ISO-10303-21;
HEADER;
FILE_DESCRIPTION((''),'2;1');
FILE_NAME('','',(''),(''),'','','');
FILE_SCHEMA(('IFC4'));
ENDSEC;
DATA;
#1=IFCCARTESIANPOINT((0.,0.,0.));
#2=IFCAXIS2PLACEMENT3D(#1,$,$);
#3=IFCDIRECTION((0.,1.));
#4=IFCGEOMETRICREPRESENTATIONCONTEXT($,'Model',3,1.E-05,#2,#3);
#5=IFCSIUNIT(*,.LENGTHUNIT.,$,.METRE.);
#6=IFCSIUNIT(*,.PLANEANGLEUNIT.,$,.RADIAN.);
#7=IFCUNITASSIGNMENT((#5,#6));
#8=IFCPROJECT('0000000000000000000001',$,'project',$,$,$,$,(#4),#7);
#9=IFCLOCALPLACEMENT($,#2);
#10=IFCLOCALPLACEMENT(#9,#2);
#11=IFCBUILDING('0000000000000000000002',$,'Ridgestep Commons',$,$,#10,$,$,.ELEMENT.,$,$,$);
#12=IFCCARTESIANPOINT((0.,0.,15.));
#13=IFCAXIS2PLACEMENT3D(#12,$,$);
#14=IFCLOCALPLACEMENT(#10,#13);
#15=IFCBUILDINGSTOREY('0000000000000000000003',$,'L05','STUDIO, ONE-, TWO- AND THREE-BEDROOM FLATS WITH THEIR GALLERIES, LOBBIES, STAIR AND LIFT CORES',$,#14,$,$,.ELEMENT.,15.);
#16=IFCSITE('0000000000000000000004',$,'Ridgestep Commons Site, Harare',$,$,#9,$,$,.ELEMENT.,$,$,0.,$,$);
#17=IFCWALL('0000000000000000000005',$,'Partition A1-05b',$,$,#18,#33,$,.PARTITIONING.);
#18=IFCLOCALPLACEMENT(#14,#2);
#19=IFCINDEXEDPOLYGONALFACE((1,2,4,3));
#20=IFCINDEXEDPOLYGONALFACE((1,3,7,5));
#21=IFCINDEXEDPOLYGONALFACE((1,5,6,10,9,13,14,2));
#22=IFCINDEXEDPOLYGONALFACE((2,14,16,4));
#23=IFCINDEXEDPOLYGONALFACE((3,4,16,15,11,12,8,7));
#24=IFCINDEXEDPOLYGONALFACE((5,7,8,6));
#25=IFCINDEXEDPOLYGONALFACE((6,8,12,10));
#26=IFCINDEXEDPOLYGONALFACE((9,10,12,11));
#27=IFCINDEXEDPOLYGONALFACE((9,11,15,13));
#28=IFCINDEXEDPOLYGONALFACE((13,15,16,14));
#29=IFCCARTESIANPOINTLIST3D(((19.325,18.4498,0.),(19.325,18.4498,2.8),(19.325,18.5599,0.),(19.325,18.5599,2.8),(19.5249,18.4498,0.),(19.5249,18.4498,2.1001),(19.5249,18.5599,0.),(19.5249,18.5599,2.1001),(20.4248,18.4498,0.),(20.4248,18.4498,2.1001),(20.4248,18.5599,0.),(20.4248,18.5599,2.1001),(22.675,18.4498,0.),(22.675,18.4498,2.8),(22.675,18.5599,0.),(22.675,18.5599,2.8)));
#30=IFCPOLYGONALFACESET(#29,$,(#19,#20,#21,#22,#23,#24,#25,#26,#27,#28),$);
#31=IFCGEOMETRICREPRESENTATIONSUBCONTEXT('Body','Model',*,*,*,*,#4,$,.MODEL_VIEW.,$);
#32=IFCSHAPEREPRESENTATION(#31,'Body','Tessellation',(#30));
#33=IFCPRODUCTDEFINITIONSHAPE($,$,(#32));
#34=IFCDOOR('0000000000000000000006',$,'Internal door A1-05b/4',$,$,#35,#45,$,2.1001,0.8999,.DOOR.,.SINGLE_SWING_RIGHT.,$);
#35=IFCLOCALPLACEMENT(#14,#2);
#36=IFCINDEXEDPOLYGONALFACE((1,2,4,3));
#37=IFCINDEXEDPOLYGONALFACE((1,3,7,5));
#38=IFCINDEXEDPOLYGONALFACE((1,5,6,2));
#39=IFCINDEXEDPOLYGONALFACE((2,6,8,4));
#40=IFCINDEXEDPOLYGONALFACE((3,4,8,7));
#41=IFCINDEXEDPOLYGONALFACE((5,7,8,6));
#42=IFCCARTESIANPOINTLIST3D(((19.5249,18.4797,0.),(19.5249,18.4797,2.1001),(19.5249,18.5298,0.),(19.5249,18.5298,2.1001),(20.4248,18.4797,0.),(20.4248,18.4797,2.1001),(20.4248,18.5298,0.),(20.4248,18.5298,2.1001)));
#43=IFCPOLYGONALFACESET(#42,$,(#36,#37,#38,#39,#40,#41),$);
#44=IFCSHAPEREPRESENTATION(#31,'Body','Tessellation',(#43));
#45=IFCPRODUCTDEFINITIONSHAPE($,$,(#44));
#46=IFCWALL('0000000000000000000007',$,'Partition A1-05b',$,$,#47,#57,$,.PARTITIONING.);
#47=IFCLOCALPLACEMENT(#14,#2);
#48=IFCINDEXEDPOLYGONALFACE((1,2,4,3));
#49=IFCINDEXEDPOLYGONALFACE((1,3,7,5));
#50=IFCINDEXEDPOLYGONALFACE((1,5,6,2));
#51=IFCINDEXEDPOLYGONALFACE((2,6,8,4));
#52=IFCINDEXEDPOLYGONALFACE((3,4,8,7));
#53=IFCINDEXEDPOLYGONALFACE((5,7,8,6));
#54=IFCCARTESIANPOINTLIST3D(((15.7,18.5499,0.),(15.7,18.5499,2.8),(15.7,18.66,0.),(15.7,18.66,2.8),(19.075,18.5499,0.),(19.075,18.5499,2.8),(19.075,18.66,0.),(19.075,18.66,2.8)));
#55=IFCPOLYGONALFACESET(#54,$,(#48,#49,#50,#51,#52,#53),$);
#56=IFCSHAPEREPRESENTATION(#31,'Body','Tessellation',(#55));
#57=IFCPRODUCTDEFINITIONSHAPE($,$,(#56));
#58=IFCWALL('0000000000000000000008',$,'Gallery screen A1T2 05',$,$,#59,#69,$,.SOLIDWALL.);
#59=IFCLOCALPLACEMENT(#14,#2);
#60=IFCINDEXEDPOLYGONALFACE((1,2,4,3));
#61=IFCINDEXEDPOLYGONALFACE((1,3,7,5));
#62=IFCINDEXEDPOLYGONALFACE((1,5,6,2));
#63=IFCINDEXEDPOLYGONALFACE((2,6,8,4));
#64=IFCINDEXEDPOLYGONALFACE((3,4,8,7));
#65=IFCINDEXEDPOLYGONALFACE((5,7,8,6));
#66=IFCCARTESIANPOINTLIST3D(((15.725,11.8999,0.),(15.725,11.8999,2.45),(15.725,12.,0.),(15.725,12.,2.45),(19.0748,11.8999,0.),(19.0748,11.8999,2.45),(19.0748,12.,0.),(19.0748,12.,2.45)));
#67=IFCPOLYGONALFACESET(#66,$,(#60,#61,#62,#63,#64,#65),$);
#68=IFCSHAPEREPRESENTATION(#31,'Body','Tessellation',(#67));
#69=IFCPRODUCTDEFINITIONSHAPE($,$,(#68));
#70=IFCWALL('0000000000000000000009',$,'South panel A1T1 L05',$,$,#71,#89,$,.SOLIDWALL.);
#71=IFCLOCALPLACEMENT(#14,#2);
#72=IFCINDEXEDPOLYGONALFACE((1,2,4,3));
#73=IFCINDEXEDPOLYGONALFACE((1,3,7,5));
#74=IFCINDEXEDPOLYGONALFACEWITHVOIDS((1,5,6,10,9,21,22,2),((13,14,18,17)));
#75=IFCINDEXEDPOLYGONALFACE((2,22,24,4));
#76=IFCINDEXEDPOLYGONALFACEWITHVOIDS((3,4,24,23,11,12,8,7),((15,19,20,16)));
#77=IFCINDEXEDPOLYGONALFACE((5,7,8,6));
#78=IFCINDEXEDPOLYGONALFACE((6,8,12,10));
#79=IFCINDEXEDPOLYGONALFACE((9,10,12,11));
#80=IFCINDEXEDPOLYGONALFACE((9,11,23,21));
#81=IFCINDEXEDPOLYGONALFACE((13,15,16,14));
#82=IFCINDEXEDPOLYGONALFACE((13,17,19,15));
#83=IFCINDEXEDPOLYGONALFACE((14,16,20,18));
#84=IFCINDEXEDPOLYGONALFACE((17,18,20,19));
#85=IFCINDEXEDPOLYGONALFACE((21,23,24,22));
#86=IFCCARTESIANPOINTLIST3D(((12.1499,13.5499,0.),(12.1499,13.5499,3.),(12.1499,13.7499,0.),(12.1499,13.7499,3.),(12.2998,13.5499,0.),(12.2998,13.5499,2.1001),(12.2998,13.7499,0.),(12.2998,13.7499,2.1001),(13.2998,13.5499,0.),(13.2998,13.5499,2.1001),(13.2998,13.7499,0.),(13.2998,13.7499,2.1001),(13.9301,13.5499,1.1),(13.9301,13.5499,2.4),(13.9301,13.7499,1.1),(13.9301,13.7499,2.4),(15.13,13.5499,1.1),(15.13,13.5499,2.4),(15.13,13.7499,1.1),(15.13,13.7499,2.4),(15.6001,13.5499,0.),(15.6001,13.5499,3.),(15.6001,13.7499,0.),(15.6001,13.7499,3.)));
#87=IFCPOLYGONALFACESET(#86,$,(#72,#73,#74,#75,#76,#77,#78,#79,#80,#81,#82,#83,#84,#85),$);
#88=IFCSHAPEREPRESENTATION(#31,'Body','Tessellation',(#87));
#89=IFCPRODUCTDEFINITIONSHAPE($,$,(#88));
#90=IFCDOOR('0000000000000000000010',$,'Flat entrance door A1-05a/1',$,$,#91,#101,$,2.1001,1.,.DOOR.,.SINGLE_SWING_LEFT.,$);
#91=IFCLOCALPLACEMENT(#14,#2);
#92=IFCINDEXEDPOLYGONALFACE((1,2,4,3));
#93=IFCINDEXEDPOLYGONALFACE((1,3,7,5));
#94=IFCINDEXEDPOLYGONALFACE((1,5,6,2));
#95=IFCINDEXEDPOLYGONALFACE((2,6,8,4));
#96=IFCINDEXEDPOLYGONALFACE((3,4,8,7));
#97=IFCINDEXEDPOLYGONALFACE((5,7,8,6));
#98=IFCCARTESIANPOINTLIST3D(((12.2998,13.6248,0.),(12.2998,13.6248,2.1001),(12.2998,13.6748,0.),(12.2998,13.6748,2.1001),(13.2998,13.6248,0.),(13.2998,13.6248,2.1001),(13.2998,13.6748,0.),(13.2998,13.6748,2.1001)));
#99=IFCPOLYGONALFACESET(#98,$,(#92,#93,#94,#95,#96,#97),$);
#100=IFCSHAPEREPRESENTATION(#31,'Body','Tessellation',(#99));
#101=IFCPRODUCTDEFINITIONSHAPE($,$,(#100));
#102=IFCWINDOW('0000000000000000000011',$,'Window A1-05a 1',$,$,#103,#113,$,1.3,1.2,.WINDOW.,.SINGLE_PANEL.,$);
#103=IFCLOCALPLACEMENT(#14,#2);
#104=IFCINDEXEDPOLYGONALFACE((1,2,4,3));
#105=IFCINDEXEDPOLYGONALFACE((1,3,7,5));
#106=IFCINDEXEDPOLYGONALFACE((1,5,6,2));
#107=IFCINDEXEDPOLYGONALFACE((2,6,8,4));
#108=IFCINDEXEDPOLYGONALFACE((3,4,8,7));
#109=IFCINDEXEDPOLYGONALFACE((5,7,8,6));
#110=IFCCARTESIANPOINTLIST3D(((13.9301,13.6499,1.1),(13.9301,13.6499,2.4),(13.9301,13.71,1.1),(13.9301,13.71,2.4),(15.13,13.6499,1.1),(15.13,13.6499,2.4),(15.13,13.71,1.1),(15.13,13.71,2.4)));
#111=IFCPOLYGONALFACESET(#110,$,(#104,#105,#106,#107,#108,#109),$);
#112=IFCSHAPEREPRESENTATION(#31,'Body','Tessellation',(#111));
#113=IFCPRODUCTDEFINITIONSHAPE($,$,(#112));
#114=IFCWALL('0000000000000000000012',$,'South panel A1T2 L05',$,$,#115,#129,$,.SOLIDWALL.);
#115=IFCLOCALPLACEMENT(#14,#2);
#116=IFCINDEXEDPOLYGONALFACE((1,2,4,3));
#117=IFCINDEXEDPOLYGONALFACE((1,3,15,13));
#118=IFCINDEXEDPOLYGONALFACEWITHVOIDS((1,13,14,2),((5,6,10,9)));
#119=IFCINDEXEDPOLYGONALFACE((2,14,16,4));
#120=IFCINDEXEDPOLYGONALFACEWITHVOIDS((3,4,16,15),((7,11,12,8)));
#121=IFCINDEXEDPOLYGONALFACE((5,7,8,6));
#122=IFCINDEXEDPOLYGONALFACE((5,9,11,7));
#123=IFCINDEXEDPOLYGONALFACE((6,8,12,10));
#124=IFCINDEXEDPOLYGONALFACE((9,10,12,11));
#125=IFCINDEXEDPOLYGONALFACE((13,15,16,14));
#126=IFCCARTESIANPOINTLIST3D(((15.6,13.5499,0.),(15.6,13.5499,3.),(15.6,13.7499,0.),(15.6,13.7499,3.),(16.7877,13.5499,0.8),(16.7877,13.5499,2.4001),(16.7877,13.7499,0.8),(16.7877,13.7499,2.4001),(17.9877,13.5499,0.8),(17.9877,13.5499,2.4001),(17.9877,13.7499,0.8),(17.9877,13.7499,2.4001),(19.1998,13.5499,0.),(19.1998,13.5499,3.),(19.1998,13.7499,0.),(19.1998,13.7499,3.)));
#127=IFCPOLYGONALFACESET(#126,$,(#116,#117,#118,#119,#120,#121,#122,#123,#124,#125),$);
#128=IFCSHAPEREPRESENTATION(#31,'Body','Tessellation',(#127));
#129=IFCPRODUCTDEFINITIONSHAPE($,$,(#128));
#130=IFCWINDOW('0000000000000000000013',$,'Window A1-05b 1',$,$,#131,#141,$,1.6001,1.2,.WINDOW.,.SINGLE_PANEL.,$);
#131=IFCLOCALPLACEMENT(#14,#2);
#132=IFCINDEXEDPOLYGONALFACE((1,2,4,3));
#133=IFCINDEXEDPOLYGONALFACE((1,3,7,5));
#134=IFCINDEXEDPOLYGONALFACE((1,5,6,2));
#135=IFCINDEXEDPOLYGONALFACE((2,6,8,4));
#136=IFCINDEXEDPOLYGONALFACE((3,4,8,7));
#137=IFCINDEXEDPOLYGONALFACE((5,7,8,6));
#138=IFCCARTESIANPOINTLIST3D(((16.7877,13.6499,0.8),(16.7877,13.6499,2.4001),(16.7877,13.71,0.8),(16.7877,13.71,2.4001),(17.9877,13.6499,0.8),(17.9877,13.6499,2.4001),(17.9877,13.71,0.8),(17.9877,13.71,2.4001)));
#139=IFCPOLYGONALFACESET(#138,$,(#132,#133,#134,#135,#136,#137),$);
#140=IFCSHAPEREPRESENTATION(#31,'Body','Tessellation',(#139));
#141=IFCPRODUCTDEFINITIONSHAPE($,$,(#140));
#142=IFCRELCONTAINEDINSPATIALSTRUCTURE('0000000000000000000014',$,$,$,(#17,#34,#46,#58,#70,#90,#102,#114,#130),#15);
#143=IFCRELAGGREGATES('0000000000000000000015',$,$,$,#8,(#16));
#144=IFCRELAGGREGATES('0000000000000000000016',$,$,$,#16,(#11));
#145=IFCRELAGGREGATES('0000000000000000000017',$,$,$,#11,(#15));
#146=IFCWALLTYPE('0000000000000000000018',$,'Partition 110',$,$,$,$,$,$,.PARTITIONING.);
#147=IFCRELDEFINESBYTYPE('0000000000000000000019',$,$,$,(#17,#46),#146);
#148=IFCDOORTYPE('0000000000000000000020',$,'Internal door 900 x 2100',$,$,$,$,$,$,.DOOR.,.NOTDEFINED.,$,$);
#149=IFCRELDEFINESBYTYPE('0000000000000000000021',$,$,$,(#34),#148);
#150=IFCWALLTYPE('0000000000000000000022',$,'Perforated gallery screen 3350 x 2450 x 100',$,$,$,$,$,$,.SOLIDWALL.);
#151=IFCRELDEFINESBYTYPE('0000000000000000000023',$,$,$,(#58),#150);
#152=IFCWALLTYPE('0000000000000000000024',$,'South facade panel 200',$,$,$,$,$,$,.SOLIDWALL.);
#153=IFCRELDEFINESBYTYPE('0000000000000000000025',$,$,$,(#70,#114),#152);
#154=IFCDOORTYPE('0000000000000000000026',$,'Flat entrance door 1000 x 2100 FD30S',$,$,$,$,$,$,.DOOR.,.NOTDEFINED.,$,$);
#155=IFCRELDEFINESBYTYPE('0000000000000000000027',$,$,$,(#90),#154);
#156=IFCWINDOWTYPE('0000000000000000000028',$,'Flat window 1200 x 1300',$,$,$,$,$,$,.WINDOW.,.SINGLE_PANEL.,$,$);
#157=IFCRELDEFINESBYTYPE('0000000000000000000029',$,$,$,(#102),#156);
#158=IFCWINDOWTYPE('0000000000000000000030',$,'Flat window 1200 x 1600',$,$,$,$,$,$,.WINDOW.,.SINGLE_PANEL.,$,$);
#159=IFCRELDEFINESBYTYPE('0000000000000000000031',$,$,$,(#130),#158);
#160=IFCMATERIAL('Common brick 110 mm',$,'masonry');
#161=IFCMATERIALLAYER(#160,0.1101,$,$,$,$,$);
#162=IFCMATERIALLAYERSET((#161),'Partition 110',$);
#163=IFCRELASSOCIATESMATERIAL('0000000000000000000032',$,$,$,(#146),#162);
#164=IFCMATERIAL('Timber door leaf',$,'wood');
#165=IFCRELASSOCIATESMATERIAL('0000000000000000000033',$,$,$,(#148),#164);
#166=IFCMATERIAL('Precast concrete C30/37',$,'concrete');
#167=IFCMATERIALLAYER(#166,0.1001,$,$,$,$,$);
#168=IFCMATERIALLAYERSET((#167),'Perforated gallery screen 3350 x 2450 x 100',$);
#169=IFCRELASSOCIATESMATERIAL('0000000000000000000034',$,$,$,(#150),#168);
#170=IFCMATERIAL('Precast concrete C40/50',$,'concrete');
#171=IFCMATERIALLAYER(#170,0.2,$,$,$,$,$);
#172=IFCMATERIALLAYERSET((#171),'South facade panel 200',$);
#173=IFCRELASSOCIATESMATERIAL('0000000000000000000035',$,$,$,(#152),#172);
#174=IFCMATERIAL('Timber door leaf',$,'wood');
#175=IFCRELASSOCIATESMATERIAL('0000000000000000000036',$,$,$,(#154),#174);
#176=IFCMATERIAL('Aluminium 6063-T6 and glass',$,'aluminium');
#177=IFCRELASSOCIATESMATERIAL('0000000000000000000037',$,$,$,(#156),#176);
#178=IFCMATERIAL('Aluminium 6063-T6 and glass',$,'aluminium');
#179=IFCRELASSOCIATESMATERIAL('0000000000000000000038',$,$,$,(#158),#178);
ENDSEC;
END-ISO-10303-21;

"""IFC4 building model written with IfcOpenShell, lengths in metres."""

from ifc_helpers import new_model, si_unit, direction, frame, frame_2d, origin, place, context, subcontext, project, spatial, rectangle, extrude, material, layer, layer_set, type_object, element, fill, save


model = new_model("IFC4")

# Units and contexts
model_context = context("Model", 3, precision=1e-05, world=origin(), true_north=direction((0.0, 1.0)))
body_context = subcontext(model_context, "Body", "Model", "MODEL_VIEW")
ifc_project = project(units=[si_unit("LENGTHUNIT", "METRE"), si_unit("PLANEANGLEUNIT", "RADIAN")], contexts=[model_context])

# Site, building, storey
site_placement = place(None, origin())
site = spatial("IfcSite", under=ifc_project, at=site_placement, Name="Ridgestep Commons Site, Harare", CompositionType="ELEMENT", RefElevation=0.0)
building_placement = place(site_placement, origin())
building = spatial("IfcBuilding", under=site, at=building_placement, Name="Ridgestep Commons", CompositionType="ELEMENT")
storey_placement = place(building_placement, frame((0.0, 0.0, 15.0)))
storey = spatial("IfcBuildingStorey", under=building, at=storey_placement, Name="L05", Description="STUDIO, ONE-, TWO- AND THREE-BEDROOM FLATS WITH THEIR GALLERIES, LOBBIES, STAIR AND LIFT CORES", CompositionType="ELEMENT", Elevation=15.0)

# Shared definitions
ifc_material_1 = material(Name="Common brick 110 mm", Category="masonry")
ifc_layer_1 = layer(ifc_material_1, 0.1101)
ifc_layer_set_1 = layer_set([ifc_layer_1], Name="Partition 110")
wall_type_1 = type_object("IfcWallType", Name="Partition 110", PredefinedType="PARTITIONING", material=ifc_layer_set_1)

# Wall, opening, door
ifc_material_2 = material(Name="Timber door leaf", Category="wood")
door_type_1 = type_object("IfcDoorType", Name="Internal door 900 x 2100", OperationType="NOTDEFINED", PredefinedType="DOOR", material=ifc_material_2)
wall_1_placement = place(storey_placement, frame((19.325, 18.5049, 0.0), z_axis=(0.0, 0.0, 1.0), x_axis=(1.0, 0.0, 0.0)))
wall_1 = element("IfcWall", 1, at=wall_1_placement, inside=storey, type_object=wall_type_1, Name="Partition A1-05b", PredefinedType="PARTITIONING", context=body_context, shape_type="SweptSolid", body=[
    extrude(rectangle(XDim=3.3501, YDim=0.1101, at=frame_2d((1.675, 0.0))), origin(), (0.0, 0.0, 1.0), 2.8),
])
opening_1_placement = place(wall_1_placement, frame((0.2, 0.0, 0.0)))
opening_1 = element("IfcOpeningElement", 2, at=opening_1_placement, cuts=wall_1, PredefinedType="OPENING", context=body_context, shape_type="SweptSolid", body=[
    extrude(rectangle(XDim=0.8999, YDim=2.1001, at=frame_2d((0.45, 1.05))), frame((0.0, 0.0649, 0.0), z_axis=(0.0, -1.0, 0.0), x_axis=(1.0, 0.0, 0.0)), (0.0, 0.0, 1.0), 0.1301),
])
door_1_placement = place(opening_1_placement, origin())
door_1 = element("IfcDoor", 3, at=door_1_placement, inside=storey, type_object=door_type_1, Name="Internal door A1-05b/4", OperationType="SINGLE_SWING_RIGHT", OverallHeight=2.1001, OverallWidth=0.8999, PredefinedType="DOOR", context=body_context, shape_type="SweptSolid", body=[
    extrude(rectangle(XDim=0.8999, YDim=2.1001, at=frame_2d((0.45, 1.05))), frame((0.0, 0.0249, 0.0), z_axis=(0.0, -1.0, 0.0), x_axis=(1.0, 0.0, 0.0)), (0.0, 0.0, 1.0), 0.05),
])
fill(opening_1, door_1)

# Walls
wall_2_placement = place(storey_placement, frame((15.7, 18.605, 0.0), z_axis=(0.0, 0.0, 1.0), x_axis=(1.0, 0.0, 0.0)))
element("IfcWall", 4, at=wall_2_placement, inside=storey, type_object=wall_type_1, Name="Partition A1-05b", PredefinedType="PARTITIONING", context=body_context, shape_type="SweptSolid", body=[
    extrude(rectangle(XDim=3.375, YDim=0.1101, at=frame_2d((1.6875, 0.0))), origin(), (0.0, 0.0, 1.0), 2.8),
])
ifc_material_3 = material(Name="Precast concrete C30/37", Category="concrete")
ifc_layer_2 = layer(ifc_material_3, 0.1001)
ifc_layer_set_2 = layer_set([ifc_layer_2], Name="Perforated gallery screen 3350 x 2450 x 100")
wall_type_2 = type_object("IfcWallType", Name="Perforated gallery screen 3350 x 2450 x 100", PredefinedType="SOLIDWALL", material=ifc_layer_set_2)
wall_3_placement = place(storey_placement, frame((15.7251, 11.95, 0.0), z_axis=(0.0, 0.0, 1.0), x_axis=(1.0, 0.0, 0.0)))
element("IfcWall", 5, at=wall_3_placement, inside=storey, type_object=wall_type_2, Name="Gallery screen A1T2 05", PredefinedType="SOLIDWALL", context=body_context, shape_type="SweptSolid", body=[
    extrude(rectangle(XDim=3.3499, YDim=0.1001, at=frame_2d((1.6748, 0.0))), origin(), (0.0, 0.0, 1.0), 2.45),
])

# Wall, openings, door, window
ifc_material_4 = material(Name="Precast concrete C40/50", Category="concrete")
ifc_layer_3 = layer(ifc_material_4, 0.2)
ifc_layer_set_3 = layer_set([ifc_layer_3], Name="South facade panel 200")
wall_type_3 = type_object("IfcWallType", Name="South facade panel 200", PredefinedType="SOLIDWALL", material=ifc_layer_set_3)
wall_4_placement = place(storey_placement, frame((12.1499, 13.6499, 0.0), z_axis=(0.0, 0.0, 1.0), x_axis=(1.0, 0.0, 0.0)))
wall_4 = element("IfcWall", 6, at=wall_4_placement, inside=storey, type_object=wall_type_3, Name="South panel A1T1 L05", PredefinedType="SOLIDWALL", context=body_context, shape_type="SweptSolid", body=[
    extrude(rectangle(XDim=3.4502, YDim=0.2, at=frame_2d((1.7251, 0.0))), origin(), (0.0, 0.0, 1.0), 3.0),
])
opening_2_placement = place(wall_4_placement, frame((1.78, 0.0, 1.1001)))
opening_2 = element("IfcOpeningElement", 7, at=opening_2_placement, cuts=wall_4, PredefinedType="OPENING", context=body_context, shape_type="SweptSolid", body=[
    extrude(rectangle(XDim=1.2, YDim=1.3, at=frame_2d((0.6001, 0.6499))), frame((0.0, 0.1099, 0.0), z_axis=(0.0, -1.0, 0.0), x_axis=(1.0, 0.0, 0.0)), (0.0, 0.0, 1.0), 0.22),
])
opening_3_placement = place(wall_4_placement, frame((0.1499, 0.0, 0.0)))
opening_3 = element("IfcOpeningElement", 8, at=opening_3_placement, cuts=wall_4, PredefinedType="OPENING", context=body_context, shape_type="SweptSolid", body=[
    extrude(rectangle(XDim=1.0, YDim=2.1001, at=frame_2d((0.5, 1.05))), frame((0.0, 0.1099, 0.0), z_axis=(0.0, -1.0, 0.0), x_axis=(1.0, 0.0, 0.0)), (0.0, 0.0, 1.0), 0.22),
])
ifc_material_5 = material(Name="Timber door leaf", Category="wood")
door_type_2 = type_object("IfcDoorType", Name="Flat entrance door 1000 x 2100 FD30S", OperationType="NOTDEFINED", PredefinedType="DOOR", material=ifc_material_5)
door_2_placement = place(opening_3_placement, origin())
door_2 = element("IfcDoor", 9, at=door_2_placement, inside=storey, type_object=door_type_2, Name="Flat entrance door A1-05a/1", OperationType="SINGLE_SWING_LEFT", OverallHeight=2.1001, OverallWidth=1.0, PredefinedType="DOOR", context=body_context, shape_type="SweptSolid", body=[
    extrude(rectangle(XDim=1.0, YDim=2.1001, at=frame_2d((0.5, 1.05))), frame((0.0, 0.0249, 0.0), z_axis=(0.0, -1.0, 0.0), x_axis=(1.0, 0.0, 0.0)), (0.0, 0.0, 1.0), 0.05),
])
fill(opening_3, door_2)
ifc_material_6 = material(Name="Aluminium 6063-T6 and glass", Category="aluminium")
window_type_1 = type_object("IfcWindowType", Name="Flat window 1200 x 1300", PartitioningType="SINGLE_PANEL", PredefinedType="WINDOW", material=ifc_material_6)
window_1_placement = place(opening_2_placement, origin())
window_1 = element("IfcWindow", 10, at=window_1_placement, inside=storey, type_object=window_type_1, Name="Window A1-05a 1", OverallHeight=1.3, OverallWidth=1.2, PartitioningType="SINGLE_PANEL", PredefinedType="WINDOW", context=body_context, shape_type="SweptSolid", body=[
    extrude(rectangle(XDim=1.2, YDim=1.3, at=frame_2d((0.6001, 0.6499))), frame((0.0, 0.0601, 0.0), z_axis=(0.0, -1.0, 0.0), x_axis=(1.0, 0.0, 0.0)), (0.0, 0.0, 1.0), 0.0601),
])
fill(opening_2, window_1)

# Wall, opening, window
wall_5_placement = place(storey_placement, frame((15.6001, 13.6499, 0.0), z_axis=(0.0, 0.0, 1.0), x_axis=(1.0, 0.0, 0.0)))
wall_5 = element("IfcWall", 11, at=wall_5_placement, inside=storey, type_object=wall_type_3, Name="South panel A1T2 L05", PredefinedType="SOLIDWALL", context=body_context, shape_type="SweptSolid", body=[
    extrude(rectangle(XDim=3.5999, YDim=0.2, at=frame_2d((1.7998, 0.0))), origin(), (0.0, 0.0, 1.0), 3.0),
])
opening_4_placement = place(wall_5_placement, frame((1.1875, 0.0, 0.8)))
opening_4 = element("IfcOpeningElement", 12, at=opening_4_placement, cuts=wall_5, PredefinedType="OPENING", context=body_context, shape_type="SweptSolid", body=[
    extrude(rectangle(XDim=1.2, YDim=1.6001, at=frame_2d((0.6001, 0.8))), frame((0.0, 0.1099, 0.0), z_axis=(0.0, -1.0, 0.0), x_axis=(1.0, 0.0, 0.0)), (0.0, 0.0, 1.0), 0.22),
])
ifc_material_7 = material(Name="Aluminium 6063-T6 and glass", Category="aluminium")
window_type_2 = type_object("IfcWindowType", Name="Flat window 1200 x 1600", PartitioningType="SINGLE_PANEL", PredefinedType="WINDOW", material=ifc_material_7)
window_2_placement = place(opening_4_placement, origin())
window_2 = element("IfcWindow", 13, at=window_2_placement, inside=storey, type_object=window_type_2, Name="Window A1-05b 1", OverallHeight=1.6001, OverallWidth=1.2, PartitioningType="SINGLE_PANEL", PredefinedType="WINDOW", context=body_context, shape_type="SweptSolid", body=[
    extrude(rectangle(XDim=1.2, YDim=1.6001, at=frame_2d((0.6001, 0.8))), frame((0.0, 0.0601, 0.0), z_axis=(0.0, -1.0, 0.0), x_axis=(1.0, 0.0, 0.0)), (0.0, 0.0, 1.0), 0.0601),
])
fill(opening_4, window_2)

save(model, "model.ifc")
